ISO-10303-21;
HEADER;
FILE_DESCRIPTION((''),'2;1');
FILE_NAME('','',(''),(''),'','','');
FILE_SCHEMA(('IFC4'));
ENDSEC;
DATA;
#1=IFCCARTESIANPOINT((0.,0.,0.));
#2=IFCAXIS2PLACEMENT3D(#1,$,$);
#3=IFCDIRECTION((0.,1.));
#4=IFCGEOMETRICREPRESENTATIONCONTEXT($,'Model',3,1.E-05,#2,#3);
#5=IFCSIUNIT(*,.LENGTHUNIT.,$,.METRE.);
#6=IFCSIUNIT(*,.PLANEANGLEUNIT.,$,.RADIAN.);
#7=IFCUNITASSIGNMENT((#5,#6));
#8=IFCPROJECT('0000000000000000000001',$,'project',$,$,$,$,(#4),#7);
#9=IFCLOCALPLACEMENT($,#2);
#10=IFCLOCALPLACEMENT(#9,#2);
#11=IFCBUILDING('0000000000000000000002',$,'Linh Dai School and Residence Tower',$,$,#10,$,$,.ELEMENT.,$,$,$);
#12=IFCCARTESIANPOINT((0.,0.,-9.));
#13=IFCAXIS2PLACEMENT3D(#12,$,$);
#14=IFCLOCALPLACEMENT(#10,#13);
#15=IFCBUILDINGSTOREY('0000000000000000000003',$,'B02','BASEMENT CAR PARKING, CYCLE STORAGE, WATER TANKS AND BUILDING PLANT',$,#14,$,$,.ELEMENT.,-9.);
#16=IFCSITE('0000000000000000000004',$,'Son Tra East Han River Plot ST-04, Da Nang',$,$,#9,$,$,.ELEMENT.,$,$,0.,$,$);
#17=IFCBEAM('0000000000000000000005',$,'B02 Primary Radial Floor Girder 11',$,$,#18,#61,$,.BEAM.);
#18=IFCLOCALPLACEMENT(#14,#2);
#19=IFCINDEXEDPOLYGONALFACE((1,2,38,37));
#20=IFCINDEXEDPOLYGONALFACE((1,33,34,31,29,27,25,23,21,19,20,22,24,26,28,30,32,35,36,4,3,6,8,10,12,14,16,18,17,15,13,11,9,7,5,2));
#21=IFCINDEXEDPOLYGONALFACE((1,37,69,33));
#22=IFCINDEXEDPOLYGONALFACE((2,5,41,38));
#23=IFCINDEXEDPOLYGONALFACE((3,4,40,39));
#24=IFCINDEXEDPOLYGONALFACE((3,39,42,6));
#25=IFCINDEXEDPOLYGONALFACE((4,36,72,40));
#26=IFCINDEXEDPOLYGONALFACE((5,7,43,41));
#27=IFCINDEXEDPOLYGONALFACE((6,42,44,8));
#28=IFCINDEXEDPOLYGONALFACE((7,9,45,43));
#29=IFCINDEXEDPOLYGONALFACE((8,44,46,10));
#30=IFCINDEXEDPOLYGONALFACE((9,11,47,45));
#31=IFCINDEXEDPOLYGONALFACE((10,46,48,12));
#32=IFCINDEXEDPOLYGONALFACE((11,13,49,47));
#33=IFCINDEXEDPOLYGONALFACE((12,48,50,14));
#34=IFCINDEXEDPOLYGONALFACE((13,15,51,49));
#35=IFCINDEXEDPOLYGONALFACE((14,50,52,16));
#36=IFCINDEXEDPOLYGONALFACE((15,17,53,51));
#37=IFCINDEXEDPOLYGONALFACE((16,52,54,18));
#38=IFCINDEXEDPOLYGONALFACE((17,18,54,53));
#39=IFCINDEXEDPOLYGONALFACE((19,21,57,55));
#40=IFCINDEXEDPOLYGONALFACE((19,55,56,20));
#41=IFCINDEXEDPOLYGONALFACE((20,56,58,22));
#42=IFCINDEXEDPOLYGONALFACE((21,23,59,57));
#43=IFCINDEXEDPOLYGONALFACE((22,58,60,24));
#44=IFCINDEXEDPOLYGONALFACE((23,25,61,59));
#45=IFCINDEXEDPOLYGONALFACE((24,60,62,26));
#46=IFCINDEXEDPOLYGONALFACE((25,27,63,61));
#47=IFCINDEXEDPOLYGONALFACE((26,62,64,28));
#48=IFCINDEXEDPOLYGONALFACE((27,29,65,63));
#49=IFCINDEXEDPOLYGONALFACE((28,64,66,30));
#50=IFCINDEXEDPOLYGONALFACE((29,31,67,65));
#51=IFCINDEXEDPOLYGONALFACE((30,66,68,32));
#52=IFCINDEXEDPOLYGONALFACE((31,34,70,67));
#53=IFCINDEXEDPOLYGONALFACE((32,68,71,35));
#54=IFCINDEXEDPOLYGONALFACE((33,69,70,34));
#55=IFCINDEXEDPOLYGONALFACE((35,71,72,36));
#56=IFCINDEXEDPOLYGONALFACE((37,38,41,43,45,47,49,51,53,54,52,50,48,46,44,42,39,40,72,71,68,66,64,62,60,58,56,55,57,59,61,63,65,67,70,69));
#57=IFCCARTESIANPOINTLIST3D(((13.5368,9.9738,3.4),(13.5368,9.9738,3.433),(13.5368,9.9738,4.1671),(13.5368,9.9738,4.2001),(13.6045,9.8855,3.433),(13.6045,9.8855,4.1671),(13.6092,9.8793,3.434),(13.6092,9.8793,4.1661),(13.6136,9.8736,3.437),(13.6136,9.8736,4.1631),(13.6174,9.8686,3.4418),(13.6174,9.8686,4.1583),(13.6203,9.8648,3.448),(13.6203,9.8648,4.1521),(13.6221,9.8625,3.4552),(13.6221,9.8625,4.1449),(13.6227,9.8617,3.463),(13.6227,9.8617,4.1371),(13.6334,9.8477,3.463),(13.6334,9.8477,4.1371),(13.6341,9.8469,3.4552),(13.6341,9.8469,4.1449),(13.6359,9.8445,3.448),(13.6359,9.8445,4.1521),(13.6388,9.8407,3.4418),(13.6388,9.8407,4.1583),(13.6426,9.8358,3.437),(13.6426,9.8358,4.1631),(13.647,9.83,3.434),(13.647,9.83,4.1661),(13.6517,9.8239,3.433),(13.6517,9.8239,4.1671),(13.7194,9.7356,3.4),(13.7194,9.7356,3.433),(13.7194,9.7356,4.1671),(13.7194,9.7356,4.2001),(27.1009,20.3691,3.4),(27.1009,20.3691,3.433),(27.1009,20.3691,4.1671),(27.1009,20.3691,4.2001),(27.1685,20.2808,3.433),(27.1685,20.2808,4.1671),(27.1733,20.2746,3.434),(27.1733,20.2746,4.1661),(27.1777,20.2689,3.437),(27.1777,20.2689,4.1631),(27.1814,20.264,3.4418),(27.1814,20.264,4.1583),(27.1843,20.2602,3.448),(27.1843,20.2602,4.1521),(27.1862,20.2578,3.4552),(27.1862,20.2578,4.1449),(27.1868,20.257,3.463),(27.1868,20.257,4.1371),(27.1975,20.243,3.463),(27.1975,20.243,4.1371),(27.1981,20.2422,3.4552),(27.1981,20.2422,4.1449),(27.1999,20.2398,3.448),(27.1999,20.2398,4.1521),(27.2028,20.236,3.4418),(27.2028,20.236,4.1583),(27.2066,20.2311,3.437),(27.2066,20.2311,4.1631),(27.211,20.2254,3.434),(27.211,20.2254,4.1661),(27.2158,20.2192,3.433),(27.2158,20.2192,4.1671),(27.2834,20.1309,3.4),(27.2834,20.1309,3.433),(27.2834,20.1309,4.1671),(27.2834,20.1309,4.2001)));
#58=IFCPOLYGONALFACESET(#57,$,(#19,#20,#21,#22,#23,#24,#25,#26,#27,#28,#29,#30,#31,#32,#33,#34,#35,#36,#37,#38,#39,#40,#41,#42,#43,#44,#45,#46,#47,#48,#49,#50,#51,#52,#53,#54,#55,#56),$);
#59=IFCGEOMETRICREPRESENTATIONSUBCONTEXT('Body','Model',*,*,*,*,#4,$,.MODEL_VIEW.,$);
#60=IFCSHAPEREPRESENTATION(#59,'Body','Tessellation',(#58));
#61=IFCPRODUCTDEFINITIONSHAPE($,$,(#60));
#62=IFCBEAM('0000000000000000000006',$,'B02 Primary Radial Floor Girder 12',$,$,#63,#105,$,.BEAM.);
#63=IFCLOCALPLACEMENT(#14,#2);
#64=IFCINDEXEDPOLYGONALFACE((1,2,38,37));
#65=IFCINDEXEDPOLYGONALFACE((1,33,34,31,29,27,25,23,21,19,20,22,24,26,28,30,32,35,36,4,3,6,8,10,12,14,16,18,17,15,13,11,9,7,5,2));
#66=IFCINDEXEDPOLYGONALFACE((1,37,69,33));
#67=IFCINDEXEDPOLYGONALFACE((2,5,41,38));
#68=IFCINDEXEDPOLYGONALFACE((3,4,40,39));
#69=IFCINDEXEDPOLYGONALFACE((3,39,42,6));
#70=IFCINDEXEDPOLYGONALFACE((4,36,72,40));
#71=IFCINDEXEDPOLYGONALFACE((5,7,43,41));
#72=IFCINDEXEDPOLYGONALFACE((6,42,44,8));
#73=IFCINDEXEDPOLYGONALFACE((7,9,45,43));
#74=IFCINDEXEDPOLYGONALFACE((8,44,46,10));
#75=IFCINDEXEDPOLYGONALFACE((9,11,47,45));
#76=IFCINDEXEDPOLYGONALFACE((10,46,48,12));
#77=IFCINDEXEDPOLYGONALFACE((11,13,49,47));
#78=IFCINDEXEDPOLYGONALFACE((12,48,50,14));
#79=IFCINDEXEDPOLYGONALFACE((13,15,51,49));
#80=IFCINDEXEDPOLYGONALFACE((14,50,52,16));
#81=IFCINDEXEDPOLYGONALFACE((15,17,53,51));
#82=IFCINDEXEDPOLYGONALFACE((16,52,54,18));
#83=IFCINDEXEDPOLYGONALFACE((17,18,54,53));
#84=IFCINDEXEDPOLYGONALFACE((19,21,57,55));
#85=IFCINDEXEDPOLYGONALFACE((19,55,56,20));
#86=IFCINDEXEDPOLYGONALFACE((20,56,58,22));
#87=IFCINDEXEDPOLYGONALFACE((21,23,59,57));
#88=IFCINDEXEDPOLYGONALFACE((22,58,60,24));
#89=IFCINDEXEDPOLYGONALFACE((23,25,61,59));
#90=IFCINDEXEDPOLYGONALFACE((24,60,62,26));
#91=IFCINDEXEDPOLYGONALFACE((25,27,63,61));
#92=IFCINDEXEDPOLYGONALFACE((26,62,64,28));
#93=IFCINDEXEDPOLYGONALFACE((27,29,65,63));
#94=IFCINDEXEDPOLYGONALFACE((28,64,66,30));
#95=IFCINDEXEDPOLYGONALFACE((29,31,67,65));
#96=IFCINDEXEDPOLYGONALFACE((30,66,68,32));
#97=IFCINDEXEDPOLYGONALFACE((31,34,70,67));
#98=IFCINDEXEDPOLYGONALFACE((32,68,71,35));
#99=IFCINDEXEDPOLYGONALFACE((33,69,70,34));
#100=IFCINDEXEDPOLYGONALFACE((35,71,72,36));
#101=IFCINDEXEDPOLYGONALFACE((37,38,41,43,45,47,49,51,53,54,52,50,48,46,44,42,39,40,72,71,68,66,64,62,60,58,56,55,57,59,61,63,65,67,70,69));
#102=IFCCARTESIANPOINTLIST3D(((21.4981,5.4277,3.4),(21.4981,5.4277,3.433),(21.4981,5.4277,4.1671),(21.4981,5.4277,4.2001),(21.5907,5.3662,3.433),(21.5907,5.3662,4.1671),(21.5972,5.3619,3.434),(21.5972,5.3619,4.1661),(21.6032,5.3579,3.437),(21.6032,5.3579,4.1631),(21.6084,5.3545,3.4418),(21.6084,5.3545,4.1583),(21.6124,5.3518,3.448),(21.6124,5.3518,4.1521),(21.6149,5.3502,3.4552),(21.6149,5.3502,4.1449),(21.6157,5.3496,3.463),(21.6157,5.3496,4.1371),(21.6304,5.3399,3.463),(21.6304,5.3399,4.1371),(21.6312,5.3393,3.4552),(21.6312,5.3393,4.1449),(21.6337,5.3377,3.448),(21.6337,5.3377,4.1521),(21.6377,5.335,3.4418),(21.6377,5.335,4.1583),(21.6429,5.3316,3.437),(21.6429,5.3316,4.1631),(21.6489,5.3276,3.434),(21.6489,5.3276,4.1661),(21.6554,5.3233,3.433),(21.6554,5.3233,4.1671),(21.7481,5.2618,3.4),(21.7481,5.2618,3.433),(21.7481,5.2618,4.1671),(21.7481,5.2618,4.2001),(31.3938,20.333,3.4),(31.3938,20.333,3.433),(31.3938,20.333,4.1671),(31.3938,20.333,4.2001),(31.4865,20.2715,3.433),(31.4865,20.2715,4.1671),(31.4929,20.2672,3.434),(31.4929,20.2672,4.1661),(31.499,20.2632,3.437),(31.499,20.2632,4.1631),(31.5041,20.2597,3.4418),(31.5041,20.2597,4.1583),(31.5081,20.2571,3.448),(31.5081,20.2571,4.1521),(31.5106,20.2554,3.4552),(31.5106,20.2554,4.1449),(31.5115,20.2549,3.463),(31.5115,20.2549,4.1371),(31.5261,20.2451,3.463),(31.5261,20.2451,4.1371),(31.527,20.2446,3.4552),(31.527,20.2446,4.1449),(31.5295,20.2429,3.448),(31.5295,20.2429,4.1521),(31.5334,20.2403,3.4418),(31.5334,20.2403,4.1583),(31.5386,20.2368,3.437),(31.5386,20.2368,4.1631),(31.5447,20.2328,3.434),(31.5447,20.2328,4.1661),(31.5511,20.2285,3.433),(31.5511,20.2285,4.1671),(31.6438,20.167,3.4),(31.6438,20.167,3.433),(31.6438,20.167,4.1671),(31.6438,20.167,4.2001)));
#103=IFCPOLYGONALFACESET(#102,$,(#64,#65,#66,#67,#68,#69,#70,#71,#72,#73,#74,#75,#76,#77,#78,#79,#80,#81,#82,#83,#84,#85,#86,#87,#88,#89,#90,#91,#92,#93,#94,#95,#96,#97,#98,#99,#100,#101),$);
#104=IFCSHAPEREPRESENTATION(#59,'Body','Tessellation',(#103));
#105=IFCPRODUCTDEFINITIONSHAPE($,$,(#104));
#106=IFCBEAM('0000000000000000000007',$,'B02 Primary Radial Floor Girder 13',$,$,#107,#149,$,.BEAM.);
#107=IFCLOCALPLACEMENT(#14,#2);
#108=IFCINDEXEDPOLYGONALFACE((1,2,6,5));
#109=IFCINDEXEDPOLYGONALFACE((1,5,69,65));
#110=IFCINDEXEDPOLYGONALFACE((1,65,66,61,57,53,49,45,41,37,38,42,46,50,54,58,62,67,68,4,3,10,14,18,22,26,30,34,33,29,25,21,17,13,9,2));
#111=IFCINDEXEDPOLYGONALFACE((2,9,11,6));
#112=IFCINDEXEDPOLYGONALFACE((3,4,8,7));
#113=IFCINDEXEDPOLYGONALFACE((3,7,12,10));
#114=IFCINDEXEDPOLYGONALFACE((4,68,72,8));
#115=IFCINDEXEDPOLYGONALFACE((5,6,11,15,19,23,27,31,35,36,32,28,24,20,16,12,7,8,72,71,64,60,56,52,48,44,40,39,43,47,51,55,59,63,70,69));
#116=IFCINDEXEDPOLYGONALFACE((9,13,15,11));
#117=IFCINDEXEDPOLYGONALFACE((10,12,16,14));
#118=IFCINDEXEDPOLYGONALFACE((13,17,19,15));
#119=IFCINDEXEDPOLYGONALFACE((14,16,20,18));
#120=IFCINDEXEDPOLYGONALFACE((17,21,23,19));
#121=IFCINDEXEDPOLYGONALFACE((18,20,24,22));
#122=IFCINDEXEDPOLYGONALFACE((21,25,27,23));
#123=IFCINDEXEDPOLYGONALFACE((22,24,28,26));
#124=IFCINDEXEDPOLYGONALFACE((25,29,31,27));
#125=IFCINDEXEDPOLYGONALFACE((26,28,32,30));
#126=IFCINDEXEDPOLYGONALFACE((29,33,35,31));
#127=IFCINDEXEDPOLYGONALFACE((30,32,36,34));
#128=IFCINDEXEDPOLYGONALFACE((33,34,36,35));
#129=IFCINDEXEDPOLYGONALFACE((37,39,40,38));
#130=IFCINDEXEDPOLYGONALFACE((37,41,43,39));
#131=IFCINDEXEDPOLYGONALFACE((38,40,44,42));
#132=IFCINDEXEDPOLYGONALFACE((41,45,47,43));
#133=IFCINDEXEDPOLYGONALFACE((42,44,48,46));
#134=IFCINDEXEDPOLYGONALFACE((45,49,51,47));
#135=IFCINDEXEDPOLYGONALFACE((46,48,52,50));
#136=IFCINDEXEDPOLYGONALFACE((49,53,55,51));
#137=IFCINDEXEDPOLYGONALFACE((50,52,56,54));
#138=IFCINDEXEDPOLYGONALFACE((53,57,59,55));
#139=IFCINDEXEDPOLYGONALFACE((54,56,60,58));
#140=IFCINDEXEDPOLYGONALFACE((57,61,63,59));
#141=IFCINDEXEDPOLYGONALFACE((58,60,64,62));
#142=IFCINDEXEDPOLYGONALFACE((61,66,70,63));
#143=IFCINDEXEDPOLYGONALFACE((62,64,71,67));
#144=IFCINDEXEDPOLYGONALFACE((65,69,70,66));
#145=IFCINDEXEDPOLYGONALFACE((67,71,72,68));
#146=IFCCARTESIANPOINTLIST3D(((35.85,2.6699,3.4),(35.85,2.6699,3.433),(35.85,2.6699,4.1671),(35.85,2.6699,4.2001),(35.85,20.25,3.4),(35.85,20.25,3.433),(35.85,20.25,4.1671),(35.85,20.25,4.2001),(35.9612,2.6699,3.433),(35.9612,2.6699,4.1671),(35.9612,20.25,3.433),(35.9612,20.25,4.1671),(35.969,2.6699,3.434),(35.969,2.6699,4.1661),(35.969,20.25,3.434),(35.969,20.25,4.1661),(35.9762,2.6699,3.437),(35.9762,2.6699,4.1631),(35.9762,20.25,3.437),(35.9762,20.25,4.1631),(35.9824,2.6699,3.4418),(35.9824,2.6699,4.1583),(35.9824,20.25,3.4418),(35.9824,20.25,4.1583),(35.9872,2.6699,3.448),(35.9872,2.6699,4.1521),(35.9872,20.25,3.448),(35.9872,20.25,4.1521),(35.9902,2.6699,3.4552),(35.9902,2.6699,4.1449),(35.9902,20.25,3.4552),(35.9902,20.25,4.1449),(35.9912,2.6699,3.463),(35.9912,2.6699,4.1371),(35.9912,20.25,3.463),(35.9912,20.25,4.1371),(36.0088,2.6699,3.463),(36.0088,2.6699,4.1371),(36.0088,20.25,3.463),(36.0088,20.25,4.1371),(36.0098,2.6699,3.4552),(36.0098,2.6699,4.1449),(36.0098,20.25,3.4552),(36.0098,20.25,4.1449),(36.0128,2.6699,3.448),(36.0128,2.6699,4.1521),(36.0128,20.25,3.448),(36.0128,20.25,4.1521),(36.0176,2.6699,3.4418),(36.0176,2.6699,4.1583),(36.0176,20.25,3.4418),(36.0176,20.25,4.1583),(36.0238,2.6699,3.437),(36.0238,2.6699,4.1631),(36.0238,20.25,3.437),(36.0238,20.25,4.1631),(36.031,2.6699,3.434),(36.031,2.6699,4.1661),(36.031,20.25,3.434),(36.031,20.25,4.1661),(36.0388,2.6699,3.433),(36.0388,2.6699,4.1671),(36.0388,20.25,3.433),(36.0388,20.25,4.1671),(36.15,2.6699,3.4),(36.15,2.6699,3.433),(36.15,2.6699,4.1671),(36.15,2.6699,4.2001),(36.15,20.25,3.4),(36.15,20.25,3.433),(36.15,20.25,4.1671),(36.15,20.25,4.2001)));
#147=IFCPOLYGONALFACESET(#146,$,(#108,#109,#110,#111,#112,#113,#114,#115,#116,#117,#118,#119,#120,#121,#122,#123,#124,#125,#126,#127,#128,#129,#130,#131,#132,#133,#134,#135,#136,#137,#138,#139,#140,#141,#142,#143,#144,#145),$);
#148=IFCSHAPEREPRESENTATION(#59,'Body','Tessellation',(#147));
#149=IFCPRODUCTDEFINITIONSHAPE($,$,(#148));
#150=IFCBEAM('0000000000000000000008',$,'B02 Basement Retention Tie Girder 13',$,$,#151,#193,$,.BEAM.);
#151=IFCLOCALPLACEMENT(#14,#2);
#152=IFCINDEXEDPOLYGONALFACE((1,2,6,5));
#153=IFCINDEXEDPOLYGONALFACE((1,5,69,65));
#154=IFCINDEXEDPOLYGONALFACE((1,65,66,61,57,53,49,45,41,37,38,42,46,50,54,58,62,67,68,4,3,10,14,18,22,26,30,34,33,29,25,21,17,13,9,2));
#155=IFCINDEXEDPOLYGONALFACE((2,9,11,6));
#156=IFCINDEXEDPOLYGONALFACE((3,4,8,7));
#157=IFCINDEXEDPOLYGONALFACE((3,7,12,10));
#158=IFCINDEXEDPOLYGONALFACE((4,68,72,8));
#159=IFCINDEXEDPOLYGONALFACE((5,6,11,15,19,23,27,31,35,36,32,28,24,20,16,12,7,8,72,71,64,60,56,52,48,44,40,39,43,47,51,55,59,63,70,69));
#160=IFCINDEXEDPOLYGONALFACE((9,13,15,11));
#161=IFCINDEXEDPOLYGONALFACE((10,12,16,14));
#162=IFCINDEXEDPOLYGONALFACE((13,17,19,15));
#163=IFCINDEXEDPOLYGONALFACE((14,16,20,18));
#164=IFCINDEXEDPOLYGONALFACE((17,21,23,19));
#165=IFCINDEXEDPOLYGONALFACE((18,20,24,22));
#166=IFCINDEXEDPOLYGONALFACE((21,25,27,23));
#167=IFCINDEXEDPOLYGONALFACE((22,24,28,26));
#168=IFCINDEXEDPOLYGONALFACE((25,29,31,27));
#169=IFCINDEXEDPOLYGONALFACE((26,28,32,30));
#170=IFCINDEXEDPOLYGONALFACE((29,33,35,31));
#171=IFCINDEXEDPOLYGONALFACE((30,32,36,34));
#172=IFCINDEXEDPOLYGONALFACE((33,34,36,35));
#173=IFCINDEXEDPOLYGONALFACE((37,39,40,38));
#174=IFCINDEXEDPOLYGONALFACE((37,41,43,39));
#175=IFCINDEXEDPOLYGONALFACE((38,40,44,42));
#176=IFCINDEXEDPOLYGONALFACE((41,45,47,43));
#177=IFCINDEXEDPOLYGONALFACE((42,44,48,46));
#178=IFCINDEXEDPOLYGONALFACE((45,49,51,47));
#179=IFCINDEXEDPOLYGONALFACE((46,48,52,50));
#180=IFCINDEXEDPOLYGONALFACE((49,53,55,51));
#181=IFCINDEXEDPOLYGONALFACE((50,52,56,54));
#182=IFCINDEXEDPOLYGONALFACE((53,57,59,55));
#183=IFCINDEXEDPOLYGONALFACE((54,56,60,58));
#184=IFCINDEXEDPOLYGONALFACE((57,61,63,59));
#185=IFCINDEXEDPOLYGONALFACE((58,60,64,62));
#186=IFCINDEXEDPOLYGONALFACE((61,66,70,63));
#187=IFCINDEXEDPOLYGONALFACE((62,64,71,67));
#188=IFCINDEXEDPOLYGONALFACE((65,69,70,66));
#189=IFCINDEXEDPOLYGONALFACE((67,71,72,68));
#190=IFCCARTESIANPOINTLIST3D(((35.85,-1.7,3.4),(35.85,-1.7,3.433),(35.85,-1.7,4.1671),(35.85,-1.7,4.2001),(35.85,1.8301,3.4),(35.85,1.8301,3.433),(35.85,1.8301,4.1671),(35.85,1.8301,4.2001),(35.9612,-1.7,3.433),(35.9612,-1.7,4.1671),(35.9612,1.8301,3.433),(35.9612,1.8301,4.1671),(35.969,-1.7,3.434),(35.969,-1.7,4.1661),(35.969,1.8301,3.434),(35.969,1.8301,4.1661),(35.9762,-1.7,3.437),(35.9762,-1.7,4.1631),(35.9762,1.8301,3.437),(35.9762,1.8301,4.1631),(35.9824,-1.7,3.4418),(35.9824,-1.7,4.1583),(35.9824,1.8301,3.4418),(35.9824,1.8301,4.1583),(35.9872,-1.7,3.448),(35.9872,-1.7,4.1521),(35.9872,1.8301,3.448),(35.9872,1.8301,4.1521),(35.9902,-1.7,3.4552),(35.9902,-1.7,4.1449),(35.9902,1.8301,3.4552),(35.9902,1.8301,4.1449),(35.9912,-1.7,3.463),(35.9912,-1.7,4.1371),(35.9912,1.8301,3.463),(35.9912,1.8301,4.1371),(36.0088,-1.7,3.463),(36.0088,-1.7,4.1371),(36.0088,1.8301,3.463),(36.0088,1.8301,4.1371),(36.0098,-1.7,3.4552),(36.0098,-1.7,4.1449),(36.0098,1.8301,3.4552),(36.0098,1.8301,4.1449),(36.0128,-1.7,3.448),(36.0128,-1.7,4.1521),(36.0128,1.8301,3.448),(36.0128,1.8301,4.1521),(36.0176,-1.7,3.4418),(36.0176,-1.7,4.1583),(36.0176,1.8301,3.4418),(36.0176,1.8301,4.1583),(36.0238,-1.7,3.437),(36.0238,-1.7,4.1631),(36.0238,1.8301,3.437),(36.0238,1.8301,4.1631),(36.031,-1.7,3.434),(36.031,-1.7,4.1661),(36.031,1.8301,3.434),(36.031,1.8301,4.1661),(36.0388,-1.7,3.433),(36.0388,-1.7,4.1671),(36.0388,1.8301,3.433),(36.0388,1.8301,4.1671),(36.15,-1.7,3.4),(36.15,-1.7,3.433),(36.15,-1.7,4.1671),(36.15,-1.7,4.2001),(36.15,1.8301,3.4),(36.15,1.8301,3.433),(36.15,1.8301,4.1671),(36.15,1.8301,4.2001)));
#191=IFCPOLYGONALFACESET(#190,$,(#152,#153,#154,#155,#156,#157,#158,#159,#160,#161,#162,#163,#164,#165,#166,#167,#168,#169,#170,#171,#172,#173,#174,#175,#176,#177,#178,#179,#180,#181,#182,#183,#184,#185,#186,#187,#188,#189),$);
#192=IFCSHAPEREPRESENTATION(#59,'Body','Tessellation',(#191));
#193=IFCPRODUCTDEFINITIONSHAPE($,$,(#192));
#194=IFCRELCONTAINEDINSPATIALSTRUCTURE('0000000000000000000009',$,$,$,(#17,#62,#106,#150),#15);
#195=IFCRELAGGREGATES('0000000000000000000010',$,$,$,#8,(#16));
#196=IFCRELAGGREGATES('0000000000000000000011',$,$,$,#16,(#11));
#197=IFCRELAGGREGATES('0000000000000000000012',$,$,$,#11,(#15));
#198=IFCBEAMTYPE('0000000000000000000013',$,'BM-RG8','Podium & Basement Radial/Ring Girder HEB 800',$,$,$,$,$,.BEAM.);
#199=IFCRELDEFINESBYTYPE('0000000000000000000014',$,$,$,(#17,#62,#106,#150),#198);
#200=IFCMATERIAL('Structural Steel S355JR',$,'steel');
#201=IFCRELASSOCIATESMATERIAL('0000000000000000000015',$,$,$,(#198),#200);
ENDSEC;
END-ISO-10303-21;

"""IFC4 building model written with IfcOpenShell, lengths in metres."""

from ifc_helpers import new_model, si_unit, direction, frame, origin, origin_2d, place, context, subcontext, project, spatial, i_section, extrude, material, material_profile, profile_set, type_object, element, save


model = new_model("IFC4")

# Units and contexts
model_context = context("Model", 3, precision=1e-05, world=origin(), true_north=direction((0.0, 1.0)))
body_context = subcontext(model_context, "Body", "Model", "MODEL_VIEW")
ifc_project = project(units=[si_unit("LENGTHUNIT", "METRE"), si_unit("PLANEANGLEUNIT", "RADIAN")], contexts=[model_context])

# Site, building, storey
site_placement = place(None, origin())
site = spatial("IfcSite", under=ifc_project, at=site_placement, Name="Son Tra East Han River Plot ST-04, Da Nang", CompositionType="ELEMENT", RefElevation=0.0)
building_placement = place(site_placement, origin())
building = spatial("IfcBuilding", under=site, at=building_placement, Name="Linh Dai School and Residence Tower", CompositionType="ELEMENT")
storey_placement = place(building_placement, frame((0.0, 0.0, -9.0)))
storey = spatial("IfcBuildingStorey", under=building, at=storey_placement, Name="B02", Description="BASEMENT CAR PARKING, CYCLE STORAGE, WATER TANKS AND BUILDING PLANT", CompositionType="ELEMENT", Elevation=-9.0)

# Shared definitions
ifc_material_1 = material(Name="Structural Steel S355JR", Category="steel")

# Beams
ifc_material_profile_1 = material_profile(ifc_material_1, i_section(OverallWidth=0.3, OverallDepth=0.8, WebThickness=0.0176, FlangeThickness=0.033, FilletRadius=0.03, at=origin_2d()), Name="HEB 800")
ifc_profile_set_1 = profile_set([ifc_material_profile_1], Name="Structural Steel S355JR")
beam_type_1 = type_object("IfcBeamType", Name="BM-RG8", Description="Podium & Basement Radial/Ring Girder HEB 800", PredefinedType="BEAM", material=ifc_profile_set_1)
beam_1_placement = place(storey_placement, frame((27.1921, 20.25, 3.8), z_axis=(-0.793713, -0.608292, 0.0), x_axis=(0.608292, -0.793713, 0.0)))
element("IfcBeam", 1, at=beam_1_placement, inside=storey, type_object=beam_type_1, Name="B02 Primary Radial Floor Girder 11", PredefinedType="BEAM", context=body_context, shape_type="SweptSolid", body=[
    extrude(i_section(OverallWidth=0.3, OverallDepth=0.8, WebThickness=0.0176, FlangeThickness=0.033, FilletRadius=0.03, at=origin_2d()), origin(), (0.0, 0.0, 1.0), 17.0894),
])
beam_2_placement = place(storey_placement, frame((31.5188, 20.25, 3.8), z_axis=(-0.553109, -0.833109, 0.0), x_axis=(0.833109, -0.553109, 0.0)))
element("IfcBeam", 2, at=beam_2_placement, inside=storey, type_object=beam_type_1, Name="B02 Primary Radial Floor Girder 12", PredefinedType="BEAM", context=body_context, shape_type="SweptSolid", body=[
    extrude(i_section(OverallWidth=0.3, OverallDepth=0.8, WebThickness=0.0176, FlangeThickness=0.033, FilletRadius=0.03, at=origin_2d()), origin(), (0.0, 0.0, 1.0), 17.8911),
])
beam_3_placement = place(storey_placement, frame((36.0, 20.25, 3.8), z_axis=(0.0, -1.0, 0.0), x_axis=(1.0, 0.0, 0.0)))
element("IfcBeam", 3, at=beam_3_placement, inside=storey, type_object=beam_type_1, Name="B02 Primary Radial Floor Girder 13", PredefinedType="BEAM", context=body_context, shape_type="SweptSolid", body=[
    extrude(i_section(OverallWidth=0.3, OverallDepth=0.8, WebThickness=0.0176, FlangeThickness=0.033, FilletRadius=0.03, at=origin_2d()), origin(), (0.0, 0.0, 1.0), 17.5801),
])
beam_4_placement = place(storey_placement, frame((36.0, 1.8301, 3.8), z_axis=(0.0, -1.0, 0.0), x_axis=(1.0, 0.0, 0.0)))
element("IfcBeam", 4, at=beam_4_placement, inside=storey, type_object=beam_type_1, Name="B02 Basement Retention Tie Girder 13", PredefinedType="BEAM", context=body_context, shape_type="SweptSolid", body=[
    extrude(i_section(OverallWidth=0.3, OverallDepth=0.8, WebThickness=0.0176, FlangeThickness=0.033, FilletRadius=0.03, at=origin_2d()), origin(), (0.0, 0.0, 1.0), 3.53),
])

save(model, "model.ifc")
